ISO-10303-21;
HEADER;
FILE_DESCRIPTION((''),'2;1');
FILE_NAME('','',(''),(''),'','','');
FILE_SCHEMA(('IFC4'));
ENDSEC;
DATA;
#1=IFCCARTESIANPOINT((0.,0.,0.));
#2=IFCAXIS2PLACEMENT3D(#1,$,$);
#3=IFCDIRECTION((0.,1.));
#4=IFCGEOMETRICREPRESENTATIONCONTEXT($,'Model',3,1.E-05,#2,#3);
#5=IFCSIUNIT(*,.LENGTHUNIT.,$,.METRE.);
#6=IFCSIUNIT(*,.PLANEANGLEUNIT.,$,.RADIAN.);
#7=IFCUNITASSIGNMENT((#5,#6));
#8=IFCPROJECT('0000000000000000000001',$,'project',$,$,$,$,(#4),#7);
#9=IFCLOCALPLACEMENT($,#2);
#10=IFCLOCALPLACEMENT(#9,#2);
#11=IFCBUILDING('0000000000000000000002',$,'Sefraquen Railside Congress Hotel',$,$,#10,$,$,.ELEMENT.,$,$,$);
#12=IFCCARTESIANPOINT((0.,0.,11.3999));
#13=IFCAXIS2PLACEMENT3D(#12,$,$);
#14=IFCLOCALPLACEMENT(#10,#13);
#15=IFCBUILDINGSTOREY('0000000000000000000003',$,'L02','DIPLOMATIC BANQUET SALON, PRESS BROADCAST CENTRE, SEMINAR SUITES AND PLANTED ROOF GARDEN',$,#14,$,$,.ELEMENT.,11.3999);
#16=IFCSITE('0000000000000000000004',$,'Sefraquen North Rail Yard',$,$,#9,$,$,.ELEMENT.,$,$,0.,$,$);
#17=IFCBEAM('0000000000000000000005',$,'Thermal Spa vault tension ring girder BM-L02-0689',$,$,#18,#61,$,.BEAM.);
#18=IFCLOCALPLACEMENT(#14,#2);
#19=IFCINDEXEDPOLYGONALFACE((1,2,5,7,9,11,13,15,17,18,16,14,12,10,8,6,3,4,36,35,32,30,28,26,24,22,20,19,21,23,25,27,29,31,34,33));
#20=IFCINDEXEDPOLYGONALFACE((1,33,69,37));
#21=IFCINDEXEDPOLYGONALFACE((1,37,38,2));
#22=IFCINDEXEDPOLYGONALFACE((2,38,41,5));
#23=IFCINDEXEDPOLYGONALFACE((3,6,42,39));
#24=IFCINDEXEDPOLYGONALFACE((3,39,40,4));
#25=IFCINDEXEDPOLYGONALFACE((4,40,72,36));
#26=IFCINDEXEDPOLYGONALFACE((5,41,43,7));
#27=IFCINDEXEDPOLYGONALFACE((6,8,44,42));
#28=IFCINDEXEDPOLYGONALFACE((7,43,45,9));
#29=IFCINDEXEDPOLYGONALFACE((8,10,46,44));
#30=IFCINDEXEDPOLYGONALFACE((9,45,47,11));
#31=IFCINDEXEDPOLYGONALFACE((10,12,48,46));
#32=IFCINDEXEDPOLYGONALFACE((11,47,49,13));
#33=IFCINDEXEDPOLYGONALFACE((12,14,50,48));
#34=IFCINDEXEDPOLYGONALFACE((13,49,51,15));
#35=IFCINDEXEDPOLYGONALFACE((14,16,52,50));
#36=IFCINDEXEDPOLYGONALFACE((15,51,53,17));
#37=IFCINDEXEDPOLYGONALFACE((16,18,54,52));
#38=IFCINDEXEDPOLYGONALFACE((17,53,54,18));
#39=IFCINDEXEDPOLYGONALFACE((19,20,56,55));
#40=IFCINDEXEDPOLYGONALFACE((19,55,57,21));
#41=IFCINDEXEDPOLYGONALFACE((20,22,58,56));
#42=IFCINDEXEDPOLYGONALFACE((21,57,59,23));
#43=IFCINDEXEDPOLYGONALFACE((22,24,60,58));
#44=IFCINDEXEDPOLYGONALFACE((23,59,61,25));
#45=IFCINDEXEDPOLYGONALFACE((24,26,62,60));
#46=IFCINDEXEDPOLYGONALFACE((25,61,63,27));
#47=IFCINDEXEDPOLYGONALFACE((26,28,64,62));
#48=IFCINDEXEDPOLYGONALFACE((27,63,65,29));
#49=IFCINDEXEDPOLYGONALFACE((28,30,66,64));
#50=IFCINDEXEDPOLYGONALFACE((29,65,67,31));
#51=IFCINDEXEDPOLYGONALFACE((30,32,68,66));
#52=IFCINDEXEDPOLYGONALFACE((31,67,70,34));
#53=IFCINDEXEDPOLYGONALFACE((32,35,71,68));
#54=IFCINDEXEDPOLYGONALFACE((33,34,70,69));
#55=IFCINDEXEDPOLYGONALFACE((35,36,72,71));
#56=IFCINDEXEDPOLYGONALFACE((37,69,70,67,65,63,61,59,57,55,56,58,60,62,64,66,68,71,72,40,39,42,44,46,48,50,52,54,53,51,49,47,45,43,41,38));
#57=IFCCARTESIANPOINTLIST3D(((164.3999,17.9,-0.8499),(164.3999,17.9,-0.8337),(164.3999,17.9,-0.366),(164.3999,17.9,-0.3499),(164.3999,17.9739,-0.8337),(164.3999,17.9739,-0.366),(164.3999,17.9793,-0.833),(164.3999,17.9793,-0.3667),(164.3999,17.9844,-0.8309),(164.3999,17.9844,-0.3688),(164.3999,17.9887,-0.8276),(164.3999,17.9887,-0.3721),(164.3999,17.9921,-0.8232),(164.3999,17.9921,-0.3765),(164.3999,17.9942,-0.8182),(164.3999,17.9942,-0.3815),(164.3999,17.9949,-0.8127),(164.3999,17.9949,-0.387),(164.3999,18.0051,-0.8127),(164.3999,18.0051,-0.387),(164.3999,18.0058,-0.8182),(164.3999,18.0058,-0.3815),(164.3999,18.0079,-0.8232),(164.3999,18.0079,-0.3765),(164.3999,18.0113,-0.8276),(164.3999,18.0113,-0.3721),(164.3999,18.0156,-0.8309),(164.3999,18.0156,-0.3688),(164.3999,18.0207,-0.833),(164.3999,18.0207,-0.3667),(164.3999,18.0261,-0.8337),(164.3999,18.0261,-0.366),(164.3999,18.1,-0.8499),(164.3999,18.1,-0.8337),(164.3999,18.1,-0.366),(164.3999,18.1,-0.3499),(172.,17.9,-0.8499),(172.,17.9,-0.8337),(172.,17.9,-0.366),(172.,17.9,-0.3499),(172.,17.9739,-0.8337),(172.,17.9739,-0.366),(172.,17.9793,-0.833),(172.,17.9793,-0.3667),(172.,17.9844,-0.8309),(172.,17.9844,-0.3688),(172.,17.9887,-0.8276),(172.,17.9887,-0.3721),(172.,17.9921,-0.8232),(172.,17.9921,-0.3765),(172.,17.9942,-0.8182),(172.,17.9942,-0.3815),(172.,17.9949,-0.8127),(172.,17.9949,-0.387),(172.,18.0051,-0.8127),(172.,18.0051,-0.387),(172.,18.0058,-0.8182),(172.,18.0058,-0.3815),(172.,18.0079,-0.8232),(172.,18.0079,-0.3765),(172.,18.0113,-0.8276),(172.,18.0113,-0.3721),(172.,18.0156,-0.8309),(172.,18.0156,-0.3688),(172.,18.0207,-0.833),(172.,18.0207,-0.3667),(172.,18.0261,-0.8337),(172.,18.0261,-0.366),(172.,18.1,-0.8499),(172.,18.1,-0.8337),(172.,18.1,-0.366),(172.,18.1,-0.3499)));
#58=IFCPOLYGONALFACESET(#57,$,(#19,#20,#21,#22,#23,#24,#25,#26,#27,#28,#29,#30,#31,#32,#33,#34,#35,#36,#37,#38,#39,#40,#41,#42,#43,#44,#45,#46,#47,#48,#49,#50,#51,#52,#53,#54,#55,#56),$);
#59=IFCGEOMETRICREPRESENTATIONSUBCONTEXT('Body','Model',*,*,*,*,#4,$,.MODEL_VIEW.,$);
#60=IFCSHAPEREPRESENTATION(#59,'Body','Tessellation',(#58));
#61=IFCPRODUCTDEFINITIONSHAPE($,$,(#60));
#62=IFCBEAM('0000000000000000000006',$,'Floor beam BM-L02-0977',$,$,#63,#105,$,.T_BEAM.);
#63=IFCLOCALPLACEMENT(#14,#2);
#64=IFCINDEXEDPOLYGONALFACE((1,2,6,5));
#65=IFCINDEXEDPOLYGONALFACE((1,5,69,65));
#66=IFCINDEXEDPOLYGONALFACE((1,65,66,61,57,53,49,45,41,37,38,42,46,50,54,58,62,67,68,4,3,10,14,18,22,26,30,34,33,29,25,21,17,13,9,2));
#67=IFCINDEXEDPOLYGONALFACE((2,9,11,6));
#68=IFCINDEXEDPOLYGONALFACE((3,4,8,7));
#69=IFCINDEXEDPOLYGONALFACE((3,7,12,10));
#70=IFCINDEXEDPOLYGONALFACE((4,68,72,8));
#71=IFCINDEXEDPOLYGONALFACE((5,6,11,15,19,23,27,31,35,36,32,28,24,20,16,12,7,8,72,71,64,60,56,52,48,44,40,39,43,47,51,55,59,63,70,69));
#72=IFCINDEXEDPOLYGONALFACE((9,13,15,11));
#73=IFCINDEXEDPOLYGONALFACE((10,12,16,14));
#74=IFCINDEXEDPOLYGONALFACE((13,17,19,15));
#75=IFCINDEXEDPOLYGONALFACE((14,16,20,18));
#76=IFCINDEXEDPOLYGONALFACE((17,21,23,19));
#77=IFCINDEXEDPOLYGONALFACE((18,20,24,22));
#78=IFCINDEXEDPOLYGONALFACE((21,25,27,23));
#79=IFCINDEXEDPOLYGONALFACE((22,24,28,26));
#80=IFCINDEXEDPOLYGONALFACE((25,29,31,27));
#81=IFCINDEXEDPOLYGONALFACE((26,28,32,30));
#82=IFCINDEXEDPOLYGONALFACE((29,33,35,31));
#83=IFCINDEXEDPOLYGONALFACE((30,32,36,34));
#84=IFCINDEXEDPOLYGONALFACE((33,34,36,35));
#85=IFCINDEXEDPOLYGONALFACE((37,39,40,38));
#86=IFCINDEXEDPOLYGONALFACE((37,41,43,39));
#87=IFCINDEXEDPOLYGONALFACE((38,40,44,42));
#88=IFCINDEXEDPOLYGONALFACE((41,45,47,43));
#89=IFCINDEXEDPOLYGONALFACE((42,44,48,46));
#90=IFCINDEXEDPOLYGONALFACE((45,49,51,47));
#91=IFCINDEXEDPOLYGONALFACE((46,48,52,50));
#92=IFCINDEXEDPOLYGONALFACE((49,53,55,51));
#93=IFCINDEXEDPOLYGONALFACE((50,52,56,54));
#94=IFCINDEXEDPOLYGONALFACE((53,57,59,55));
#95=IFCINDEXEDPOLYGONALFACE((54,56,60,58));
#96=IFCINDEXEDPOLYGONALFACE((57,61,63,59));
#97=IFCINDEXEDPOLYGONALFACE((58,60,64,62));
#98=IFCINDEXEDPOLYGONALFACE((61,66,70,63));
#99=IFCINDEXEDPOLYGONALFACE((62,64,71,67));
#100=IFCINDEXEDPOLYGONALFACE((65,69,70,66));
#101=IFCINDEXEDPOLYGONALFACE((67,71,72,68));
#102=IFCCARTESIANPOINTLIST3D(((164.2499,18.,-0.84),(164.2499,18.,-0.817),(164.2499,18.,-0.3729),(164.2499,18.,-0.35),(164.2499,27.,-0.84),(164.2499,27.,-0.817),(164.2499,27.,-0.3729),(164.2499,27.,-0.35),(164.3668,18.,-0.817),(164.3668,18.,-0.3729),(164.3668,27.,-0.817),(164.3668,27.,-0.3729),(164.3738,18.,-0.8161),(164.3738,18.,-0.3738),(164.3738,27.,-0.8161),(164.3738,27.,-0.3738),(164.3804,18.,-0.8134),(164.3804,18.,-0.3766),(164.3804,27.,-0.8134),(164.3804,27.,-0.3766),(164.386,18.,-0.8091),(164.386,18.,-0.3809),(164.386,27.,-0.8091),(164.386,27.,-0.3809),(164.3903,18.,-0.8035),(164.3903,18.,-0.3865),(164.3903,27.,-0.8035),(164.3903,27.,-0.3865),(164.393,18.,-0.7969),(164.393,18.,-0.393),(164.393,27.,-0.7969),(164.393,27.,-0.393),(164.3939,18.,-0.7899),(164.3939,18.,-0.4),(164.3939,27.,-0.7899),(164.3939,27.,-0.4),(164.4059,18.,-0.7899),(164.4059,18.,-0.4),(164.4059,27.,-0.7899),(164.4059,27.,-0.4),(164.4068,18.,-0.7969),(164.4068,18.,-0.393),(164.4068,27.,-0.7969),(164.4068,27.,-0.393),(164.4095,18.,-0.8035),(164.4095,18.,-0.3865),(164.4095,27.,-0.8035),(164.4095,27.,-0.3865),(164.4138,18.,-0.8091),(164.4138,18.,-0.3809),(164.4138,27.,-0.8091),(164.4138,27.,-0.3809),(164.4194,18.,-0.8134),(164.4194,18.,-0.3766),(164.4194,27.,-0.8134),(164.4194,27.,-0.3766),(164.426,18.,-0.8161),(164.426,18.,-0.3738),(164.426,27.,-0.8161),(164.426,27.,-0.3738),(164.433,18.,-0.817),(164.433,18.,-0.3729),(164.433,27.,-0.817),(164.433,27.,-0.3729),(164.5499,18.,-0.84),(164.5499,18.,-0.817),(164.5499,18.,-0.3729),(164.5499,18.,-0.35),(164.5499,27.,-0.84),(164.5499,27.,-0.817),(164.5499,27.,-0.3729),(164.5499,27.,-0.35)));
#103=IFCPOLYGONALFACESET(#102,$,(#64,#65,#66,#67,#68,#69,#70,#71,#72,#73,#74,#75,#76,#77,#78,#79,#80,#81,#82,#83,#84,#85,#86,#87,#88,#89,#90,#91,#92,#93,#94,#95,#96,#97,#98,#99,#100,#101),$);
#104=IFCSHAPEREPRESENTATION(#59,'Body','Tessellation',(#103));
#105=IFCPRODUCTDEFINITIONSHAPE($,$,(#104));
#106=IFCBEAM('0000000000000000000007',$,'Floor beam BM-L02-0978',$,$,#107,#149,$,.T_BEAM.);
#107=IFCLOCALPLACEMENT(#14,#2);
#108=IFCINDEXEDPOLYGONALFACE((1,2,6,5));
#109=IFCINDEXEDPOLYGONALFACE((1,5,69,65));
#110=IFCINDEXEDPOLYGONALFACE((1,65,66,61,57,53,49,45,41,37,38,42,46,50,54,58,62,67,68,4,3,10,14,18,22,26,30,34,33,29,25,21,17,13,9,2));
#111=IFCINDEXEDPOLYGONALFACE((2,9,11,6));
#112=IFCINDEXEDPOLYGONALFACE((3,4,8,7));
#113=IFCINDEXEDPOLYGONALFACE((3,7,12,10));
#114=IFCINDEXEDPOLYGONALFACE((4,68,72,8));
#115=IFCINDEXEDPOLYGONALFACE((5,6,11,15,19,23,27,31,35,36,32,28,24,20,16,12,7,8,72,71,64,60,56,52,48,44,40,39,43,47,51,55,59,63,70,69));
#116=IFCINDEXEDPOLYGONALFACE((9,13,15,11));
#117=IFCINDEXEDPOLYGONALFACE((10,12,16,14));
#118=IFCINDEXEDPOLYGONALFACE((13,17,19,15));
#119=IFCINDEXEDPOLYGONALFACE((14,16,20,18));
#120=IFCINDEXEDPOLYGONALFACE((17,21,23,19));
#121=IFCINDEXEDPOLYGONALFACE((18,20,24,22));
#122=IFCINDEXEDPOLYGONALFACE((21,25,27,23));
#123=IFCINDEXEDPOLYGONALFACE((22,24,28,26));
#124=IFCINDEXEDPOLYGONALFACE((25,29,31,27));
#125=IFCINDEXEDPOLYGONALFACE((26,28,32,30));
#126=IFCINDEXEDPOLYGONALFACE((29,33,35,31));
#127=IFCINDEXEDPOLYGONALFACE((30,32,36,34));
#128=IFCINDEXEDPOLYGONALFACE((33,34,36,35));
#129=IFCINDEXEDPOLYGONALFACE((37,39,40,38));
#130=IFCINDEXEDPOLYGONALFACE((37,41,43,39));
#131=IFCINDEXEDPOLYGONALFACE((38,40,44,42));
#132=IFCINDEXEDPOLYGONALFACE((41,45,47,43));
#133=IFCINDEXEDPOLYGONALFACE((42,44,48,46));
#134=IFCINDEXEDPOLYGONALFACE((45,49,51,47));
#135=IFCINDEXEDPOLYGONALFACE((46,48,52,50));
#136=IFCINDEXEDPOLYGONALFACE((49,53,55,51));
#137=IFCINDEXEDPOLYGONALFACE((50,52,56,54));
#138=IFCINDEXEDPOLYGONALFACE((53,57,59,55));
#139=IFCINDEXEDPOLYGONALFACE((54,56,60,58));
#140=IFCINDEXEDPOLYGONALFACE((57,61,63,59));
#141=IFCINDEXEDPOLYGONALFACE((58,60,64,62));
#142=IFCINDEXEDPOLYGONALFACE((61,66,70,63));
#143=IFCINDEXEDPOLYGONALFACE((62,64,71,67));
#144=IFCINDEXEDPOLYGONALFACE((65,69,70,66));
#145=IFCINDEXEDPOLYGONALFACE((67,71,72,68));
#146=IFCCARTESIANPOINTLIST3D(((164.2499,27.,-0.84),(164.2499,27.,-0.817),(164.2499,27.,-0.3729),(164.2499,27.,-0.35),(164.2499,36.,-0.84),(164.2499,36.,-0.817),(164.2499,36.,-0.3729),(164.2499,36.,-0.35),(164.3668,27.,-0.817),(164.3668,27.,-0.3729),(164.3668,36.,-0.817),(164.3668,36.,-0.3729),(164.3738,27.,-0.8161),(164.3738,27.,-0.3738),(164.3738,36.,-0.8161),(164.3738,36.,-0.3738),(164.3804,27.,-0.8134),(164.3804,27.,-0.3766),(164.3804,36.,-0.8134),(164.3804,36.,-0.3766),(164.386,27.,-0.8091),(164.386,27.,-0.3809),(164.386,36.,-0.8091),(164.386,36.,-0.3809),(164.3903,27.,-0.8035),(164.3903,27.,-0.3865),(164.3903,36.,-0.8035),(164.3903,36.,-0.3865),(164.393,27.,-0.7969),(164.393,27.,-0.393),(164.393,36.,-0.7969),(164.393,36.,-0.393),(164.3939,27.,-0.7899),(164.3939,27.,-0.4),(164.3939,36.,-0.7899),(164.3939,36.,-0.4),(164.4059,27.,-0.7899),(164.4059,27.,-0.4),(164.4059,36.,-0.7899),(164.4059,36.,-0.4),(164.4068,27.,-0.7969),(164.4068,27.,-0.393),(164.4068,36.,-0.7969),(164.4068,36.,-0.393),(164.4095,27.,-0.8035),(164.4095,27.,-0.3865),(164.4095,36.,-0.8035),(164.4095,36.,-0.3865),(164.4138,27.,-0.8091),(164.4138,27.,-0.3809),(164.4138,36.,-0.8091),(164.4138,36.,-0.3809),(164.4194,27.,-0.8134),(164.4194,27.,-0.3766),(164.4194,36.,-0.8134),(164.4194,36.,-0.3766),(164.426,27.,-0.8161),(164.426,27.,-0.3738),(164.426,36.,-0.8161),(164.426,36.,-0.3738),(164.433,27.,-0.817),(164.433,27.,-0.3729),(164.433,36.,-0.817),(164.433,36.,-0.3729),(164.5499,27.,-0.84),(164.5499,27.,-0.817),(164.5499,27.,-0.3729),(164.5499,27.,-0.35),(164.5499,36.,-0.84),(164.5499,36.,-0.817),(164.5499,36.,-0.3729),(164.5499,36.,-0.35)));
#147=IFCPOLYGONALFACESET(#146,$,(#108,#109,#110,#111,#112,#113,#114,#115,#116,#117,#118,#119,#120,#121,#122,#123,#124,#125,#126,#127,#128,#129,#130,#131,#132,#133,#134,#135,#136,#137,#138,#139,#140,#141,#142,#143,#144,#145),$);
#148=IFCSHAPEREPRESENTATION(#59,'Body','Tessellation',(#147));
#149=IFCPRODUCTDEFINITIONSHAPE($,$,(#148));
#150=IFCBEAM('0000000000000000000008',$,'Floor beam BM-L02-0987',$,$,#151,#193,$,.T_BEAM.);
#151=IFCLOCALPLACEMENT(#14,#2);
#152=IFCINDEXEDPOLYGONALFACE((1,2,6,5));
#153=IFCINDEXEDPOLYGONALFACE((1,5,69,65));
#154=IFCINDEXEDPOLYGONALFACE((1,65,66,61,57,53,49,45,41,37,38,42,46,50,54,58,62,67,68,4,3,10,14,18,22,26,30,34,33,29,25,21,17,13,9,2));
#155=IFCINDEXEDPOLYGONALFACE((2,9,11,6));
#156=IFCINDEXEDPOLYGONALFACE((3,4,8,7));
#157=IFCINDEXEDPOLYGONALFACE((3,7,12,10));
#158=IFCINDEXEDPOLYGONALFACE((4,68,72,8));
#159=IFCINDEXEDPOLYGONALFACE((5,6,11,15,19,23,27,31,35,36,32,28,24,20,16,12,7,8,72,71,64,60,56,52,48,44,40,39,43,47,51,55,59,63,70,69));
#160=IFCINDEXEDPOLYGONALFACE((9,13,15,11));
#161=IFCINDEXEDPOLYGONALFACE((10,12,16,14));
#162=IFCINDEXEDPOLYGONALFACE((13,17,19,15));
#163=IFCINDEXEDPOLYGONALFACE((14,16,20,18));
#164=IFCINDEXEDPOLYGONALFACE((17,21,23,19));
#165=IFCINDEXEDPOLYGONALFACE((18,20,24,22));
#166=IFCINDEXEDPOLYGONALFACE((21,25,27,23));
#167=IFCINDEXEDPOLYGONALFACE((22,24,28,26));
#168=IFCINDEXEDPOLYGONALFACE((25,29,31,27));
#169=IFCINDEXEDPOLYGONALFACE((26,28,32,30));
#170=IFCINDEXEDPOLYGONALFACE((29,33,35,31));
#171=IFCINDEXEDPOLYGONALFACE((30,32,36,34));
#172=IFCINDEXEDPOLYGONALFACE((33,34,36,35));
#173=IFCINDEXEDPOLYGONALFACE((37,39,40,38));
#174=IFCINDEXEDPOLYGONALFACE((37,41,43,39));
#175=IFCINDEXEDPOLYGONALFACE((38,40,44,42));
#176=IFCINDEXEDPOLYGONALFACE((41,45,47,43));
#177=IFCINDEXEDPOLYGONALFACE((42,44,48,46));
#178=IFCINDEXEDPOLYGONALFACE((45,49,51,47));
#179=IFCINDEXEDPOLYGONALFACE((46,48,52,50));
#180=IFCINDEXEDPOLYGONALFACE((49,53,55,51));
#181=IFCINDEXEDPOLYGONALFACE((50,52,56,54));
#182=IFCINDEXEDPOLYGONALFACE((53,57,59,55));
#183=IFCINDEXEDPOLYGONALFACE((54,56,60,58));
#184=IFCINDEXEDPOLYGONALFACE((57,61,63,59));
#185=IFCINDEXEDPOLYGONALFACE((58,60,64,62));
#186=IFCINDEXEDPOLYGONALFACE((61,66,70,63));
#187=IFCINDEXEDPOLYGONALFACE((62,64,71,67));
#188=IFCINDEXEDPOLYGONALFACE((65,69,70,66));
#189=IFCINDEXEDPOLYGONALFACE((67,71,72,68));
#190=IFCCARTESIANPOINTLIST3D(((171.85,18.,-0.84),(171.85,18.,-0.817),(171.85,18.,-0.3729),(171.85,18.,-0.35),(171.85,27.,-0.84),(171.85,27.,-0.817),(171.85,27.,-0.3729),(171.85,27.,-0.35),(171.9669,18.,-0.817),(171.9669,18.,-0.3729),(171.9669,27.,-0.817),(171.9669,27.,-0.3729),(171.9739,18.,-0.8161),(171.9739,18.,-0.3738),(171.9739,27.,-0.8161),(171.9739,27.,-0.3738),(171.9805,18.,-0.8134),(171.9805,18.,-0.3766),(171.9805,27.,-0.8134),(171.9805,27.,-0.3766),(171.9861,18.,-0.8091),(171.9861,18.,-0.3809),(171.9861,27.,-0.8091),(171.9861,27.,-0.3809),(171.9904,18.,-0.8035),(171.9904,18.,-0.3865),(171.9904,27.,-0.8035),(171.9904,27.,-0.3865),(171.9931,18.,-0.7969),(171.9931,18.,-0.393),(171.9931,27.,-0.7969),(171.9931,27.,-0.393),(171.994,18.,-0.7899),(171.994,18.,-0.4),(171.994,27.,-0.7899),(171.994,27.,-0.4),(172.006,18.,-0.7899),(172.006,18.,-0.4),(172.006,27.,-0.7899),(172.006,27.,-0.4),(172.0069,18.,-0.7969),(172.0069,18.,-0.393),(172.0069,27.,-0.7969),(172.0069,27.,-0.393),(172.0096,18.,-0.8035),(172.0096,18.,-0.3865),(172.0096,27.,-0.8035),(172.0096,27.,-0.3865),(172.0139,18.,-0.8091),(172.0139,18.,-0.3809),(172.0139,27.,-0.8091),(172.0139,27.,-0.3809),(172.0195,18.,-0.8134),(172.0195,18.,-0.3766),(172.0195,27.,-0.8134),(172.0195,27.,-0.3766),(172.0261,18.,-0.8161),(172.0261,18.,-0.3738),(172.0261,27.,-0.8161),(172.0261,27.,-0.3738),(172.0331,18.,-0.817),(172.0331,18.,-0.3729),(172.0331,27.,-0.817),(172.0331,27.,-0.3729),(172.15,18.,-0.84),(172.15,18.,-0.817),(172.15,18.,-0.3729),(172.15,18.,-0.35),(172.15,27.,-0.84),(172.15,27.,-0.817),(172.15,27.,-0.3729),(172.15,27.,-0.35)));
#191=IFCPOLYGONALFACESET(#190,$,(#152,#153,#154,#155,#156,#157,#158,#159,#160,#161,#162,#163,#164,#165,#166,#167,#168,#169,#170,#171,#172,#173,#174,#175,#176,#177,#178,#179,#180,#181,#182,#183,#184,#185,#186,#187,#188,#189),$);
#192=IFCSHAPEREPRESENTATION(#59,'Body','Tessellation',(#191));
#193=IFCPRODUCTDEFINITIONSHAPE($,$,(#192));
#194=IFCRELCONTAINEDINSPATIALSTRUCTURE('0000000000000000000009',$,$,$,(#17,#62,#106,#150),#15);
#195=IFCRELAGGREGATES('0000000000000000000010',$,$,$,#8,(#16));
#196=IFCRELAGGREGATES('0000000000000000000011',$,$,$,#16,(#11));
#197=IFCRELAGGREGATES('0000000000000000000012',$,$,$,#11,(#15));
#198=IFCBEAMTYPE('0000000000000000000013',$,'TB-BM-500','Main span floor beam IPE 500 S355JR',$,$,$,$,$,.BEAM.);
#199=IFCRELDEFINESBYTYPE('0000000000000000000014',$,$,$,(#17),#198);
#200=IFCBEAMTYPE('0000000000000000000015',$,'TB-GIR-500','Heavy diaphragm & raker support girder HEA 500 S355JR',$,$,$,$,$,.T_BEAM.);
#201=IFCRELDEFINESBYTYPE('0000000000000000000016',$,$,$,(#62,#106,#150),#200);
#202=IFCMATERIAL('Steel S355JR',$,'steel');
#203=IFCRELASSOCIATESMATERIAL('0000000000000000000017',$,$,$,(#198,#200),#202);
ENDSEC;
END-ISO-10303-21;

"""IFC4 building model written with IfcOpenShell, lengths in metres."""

from ifc_helpers import new_model, si_unit, direction, frame, origin, origin_2d, place, context, subcontext, project, spatial, i_section, extrude, material, material_profile, profile_set, type_object, element, save


model = new_model("IFC4")

# Units and contexts
model_context = context("Model", 3, precision=1e-05, world=origin(), true_north=direction((0.0, 1.0)))
body_context = subcontext(model_context, "Body", "Model", "MODEL_VIEW")
ifc_project = project(units=[si_unit("LENGTHUNIT", "METRE"), si_unit("PLANEANGLEUNIT", "RADIAN")], contexts=[model_context])

# Site, building, storey
site_placement = place(None, origin())
site = spatial("IfcSite", under=ifc_project, at=site_placement, Name="Sefraquen North Rail Yard", CompositionType="ELEMENT", RefElevation=0.0)
building_placement = place(site_placement, origin())
building = spatial("IfcBuilding", under=site, at=building_placement, Name="Sefraquen Railside Congress Hotel", CompositionType="ELEMENT")
storey_placement = place(building_placement, frame((0.0, 0.0, 11.3999)))
storey = spatial("IfcBuildingStorey", under=building, at=storey_placement, Name="L02", Description="DIPLOMATIC BANQUET SALON, PRESS BROADCAST CENTRE, SEMINAR SUITES AND PLANTED ROOF GARDEN", CompositionType="ELEMENT", Elevation=11.3999)

# Beams
ifc_material_1 = material(Name="Steel S355JR", Category="steel")
ifc_material_profile_1 = material_profile(ifc_material_1, i_section(OverallWidth=0.2, OverallDepth=0.5, WebThickness=0.0103, FlangeThickness=0.0161, FilletRadius=0.021, at=origin_2d()), Name="IPE 500")
ifc_profile_set_1 = profile_set([ifc_material_profile_1], Name="Steel S355JR")
beam_type_1 = type_object("IfcBeamType", Name="TB-BM-500", Description="Main span floor beam IPE 500 S355JR", PredefinedType="BEAM", material=ifc_profile_set_1)
beam_1_placement = place(storey_placement, frame((164.3999, 18.0, -0.5999), z_axis=(1.0, 0.0, 0.0), x_axis=(0.0, 1.0, 0.0)))
element("IfcBeam", 1, at=beam_1_placement, inside=storey, type_object=beam_type_1, Name="Thermal Spa vault tension ring girder BM-L02-0689", PredefinedType="BEAM", context=body_context, shape_type="SweptSolid", body=[
    extrude(i_section(OverallWidth=0.2, OverallDepth=0.5, WebThickness=0.0103, FlangeThickness=0.0161, FilletRadius=0.021, at=origin_2d()), origin(), (0.0, 0.0, 1.0), 7.6001),
])
ifc_material_profile_2 = material_profile(ifc_material_1, i_section(OverallWidth=0.3, OverallDepth=0.49, WebThickness=0.012, FlangeThickness=0.0229, FilletRadius=0.0271, at=origin_2d()), Name="HEA 500")
ifc_profile_set_2 = profile_set([ifc_material_profile_2], Name="Steel S355JR")
beam_type_2 = type_object("IfcBeamType", Name="TB-GIR-500", Description="Heavy diaphragm & raker support girder HEA 500 S355JR", PredefinedType="T_BEAM", material=ifc_profile_set_2)
for number, where, z_axis, x_axis, name in (
    (2, (164.3999, 18.0, -0.595), (0.0, 1.0, 0.0), (-1.0, 0.0, 0.0), "Floor beam BM-L02-0977"),
    (3, (164.3999, 27.0, -0.595), (0.0, 1.0, 0.0), (-1.0, 0.0, 0.0), "Floor beam BM-L02-0978"),
    (4, (172.0, 18.0, -0.595), (0.0, 1.0, 0.0), (-1.0, 0.0, 0.0), "Floor beam BM-L02-0987"),
):
    element("IfcBeam", number, at=place(storey_placement, frame(where, z_axis=z_axis, x_axis=x_axis)), inside=storey, type_object=beam_type_2, Name=name, PredefinedType="T_BEAM", context=body_context, shape_type="SweptSolid", body=[
        extrude(i_section(OverallWidth=0.3, OverallDepth=0.49, WebThickness=0.012, FlangeThickness=0.0229, FilletRadius=0.0271, at=origin_2d()), origin(), (0.0, 0.0, 1.0), 9.0),
    ])

save(model, "model.ifc")
